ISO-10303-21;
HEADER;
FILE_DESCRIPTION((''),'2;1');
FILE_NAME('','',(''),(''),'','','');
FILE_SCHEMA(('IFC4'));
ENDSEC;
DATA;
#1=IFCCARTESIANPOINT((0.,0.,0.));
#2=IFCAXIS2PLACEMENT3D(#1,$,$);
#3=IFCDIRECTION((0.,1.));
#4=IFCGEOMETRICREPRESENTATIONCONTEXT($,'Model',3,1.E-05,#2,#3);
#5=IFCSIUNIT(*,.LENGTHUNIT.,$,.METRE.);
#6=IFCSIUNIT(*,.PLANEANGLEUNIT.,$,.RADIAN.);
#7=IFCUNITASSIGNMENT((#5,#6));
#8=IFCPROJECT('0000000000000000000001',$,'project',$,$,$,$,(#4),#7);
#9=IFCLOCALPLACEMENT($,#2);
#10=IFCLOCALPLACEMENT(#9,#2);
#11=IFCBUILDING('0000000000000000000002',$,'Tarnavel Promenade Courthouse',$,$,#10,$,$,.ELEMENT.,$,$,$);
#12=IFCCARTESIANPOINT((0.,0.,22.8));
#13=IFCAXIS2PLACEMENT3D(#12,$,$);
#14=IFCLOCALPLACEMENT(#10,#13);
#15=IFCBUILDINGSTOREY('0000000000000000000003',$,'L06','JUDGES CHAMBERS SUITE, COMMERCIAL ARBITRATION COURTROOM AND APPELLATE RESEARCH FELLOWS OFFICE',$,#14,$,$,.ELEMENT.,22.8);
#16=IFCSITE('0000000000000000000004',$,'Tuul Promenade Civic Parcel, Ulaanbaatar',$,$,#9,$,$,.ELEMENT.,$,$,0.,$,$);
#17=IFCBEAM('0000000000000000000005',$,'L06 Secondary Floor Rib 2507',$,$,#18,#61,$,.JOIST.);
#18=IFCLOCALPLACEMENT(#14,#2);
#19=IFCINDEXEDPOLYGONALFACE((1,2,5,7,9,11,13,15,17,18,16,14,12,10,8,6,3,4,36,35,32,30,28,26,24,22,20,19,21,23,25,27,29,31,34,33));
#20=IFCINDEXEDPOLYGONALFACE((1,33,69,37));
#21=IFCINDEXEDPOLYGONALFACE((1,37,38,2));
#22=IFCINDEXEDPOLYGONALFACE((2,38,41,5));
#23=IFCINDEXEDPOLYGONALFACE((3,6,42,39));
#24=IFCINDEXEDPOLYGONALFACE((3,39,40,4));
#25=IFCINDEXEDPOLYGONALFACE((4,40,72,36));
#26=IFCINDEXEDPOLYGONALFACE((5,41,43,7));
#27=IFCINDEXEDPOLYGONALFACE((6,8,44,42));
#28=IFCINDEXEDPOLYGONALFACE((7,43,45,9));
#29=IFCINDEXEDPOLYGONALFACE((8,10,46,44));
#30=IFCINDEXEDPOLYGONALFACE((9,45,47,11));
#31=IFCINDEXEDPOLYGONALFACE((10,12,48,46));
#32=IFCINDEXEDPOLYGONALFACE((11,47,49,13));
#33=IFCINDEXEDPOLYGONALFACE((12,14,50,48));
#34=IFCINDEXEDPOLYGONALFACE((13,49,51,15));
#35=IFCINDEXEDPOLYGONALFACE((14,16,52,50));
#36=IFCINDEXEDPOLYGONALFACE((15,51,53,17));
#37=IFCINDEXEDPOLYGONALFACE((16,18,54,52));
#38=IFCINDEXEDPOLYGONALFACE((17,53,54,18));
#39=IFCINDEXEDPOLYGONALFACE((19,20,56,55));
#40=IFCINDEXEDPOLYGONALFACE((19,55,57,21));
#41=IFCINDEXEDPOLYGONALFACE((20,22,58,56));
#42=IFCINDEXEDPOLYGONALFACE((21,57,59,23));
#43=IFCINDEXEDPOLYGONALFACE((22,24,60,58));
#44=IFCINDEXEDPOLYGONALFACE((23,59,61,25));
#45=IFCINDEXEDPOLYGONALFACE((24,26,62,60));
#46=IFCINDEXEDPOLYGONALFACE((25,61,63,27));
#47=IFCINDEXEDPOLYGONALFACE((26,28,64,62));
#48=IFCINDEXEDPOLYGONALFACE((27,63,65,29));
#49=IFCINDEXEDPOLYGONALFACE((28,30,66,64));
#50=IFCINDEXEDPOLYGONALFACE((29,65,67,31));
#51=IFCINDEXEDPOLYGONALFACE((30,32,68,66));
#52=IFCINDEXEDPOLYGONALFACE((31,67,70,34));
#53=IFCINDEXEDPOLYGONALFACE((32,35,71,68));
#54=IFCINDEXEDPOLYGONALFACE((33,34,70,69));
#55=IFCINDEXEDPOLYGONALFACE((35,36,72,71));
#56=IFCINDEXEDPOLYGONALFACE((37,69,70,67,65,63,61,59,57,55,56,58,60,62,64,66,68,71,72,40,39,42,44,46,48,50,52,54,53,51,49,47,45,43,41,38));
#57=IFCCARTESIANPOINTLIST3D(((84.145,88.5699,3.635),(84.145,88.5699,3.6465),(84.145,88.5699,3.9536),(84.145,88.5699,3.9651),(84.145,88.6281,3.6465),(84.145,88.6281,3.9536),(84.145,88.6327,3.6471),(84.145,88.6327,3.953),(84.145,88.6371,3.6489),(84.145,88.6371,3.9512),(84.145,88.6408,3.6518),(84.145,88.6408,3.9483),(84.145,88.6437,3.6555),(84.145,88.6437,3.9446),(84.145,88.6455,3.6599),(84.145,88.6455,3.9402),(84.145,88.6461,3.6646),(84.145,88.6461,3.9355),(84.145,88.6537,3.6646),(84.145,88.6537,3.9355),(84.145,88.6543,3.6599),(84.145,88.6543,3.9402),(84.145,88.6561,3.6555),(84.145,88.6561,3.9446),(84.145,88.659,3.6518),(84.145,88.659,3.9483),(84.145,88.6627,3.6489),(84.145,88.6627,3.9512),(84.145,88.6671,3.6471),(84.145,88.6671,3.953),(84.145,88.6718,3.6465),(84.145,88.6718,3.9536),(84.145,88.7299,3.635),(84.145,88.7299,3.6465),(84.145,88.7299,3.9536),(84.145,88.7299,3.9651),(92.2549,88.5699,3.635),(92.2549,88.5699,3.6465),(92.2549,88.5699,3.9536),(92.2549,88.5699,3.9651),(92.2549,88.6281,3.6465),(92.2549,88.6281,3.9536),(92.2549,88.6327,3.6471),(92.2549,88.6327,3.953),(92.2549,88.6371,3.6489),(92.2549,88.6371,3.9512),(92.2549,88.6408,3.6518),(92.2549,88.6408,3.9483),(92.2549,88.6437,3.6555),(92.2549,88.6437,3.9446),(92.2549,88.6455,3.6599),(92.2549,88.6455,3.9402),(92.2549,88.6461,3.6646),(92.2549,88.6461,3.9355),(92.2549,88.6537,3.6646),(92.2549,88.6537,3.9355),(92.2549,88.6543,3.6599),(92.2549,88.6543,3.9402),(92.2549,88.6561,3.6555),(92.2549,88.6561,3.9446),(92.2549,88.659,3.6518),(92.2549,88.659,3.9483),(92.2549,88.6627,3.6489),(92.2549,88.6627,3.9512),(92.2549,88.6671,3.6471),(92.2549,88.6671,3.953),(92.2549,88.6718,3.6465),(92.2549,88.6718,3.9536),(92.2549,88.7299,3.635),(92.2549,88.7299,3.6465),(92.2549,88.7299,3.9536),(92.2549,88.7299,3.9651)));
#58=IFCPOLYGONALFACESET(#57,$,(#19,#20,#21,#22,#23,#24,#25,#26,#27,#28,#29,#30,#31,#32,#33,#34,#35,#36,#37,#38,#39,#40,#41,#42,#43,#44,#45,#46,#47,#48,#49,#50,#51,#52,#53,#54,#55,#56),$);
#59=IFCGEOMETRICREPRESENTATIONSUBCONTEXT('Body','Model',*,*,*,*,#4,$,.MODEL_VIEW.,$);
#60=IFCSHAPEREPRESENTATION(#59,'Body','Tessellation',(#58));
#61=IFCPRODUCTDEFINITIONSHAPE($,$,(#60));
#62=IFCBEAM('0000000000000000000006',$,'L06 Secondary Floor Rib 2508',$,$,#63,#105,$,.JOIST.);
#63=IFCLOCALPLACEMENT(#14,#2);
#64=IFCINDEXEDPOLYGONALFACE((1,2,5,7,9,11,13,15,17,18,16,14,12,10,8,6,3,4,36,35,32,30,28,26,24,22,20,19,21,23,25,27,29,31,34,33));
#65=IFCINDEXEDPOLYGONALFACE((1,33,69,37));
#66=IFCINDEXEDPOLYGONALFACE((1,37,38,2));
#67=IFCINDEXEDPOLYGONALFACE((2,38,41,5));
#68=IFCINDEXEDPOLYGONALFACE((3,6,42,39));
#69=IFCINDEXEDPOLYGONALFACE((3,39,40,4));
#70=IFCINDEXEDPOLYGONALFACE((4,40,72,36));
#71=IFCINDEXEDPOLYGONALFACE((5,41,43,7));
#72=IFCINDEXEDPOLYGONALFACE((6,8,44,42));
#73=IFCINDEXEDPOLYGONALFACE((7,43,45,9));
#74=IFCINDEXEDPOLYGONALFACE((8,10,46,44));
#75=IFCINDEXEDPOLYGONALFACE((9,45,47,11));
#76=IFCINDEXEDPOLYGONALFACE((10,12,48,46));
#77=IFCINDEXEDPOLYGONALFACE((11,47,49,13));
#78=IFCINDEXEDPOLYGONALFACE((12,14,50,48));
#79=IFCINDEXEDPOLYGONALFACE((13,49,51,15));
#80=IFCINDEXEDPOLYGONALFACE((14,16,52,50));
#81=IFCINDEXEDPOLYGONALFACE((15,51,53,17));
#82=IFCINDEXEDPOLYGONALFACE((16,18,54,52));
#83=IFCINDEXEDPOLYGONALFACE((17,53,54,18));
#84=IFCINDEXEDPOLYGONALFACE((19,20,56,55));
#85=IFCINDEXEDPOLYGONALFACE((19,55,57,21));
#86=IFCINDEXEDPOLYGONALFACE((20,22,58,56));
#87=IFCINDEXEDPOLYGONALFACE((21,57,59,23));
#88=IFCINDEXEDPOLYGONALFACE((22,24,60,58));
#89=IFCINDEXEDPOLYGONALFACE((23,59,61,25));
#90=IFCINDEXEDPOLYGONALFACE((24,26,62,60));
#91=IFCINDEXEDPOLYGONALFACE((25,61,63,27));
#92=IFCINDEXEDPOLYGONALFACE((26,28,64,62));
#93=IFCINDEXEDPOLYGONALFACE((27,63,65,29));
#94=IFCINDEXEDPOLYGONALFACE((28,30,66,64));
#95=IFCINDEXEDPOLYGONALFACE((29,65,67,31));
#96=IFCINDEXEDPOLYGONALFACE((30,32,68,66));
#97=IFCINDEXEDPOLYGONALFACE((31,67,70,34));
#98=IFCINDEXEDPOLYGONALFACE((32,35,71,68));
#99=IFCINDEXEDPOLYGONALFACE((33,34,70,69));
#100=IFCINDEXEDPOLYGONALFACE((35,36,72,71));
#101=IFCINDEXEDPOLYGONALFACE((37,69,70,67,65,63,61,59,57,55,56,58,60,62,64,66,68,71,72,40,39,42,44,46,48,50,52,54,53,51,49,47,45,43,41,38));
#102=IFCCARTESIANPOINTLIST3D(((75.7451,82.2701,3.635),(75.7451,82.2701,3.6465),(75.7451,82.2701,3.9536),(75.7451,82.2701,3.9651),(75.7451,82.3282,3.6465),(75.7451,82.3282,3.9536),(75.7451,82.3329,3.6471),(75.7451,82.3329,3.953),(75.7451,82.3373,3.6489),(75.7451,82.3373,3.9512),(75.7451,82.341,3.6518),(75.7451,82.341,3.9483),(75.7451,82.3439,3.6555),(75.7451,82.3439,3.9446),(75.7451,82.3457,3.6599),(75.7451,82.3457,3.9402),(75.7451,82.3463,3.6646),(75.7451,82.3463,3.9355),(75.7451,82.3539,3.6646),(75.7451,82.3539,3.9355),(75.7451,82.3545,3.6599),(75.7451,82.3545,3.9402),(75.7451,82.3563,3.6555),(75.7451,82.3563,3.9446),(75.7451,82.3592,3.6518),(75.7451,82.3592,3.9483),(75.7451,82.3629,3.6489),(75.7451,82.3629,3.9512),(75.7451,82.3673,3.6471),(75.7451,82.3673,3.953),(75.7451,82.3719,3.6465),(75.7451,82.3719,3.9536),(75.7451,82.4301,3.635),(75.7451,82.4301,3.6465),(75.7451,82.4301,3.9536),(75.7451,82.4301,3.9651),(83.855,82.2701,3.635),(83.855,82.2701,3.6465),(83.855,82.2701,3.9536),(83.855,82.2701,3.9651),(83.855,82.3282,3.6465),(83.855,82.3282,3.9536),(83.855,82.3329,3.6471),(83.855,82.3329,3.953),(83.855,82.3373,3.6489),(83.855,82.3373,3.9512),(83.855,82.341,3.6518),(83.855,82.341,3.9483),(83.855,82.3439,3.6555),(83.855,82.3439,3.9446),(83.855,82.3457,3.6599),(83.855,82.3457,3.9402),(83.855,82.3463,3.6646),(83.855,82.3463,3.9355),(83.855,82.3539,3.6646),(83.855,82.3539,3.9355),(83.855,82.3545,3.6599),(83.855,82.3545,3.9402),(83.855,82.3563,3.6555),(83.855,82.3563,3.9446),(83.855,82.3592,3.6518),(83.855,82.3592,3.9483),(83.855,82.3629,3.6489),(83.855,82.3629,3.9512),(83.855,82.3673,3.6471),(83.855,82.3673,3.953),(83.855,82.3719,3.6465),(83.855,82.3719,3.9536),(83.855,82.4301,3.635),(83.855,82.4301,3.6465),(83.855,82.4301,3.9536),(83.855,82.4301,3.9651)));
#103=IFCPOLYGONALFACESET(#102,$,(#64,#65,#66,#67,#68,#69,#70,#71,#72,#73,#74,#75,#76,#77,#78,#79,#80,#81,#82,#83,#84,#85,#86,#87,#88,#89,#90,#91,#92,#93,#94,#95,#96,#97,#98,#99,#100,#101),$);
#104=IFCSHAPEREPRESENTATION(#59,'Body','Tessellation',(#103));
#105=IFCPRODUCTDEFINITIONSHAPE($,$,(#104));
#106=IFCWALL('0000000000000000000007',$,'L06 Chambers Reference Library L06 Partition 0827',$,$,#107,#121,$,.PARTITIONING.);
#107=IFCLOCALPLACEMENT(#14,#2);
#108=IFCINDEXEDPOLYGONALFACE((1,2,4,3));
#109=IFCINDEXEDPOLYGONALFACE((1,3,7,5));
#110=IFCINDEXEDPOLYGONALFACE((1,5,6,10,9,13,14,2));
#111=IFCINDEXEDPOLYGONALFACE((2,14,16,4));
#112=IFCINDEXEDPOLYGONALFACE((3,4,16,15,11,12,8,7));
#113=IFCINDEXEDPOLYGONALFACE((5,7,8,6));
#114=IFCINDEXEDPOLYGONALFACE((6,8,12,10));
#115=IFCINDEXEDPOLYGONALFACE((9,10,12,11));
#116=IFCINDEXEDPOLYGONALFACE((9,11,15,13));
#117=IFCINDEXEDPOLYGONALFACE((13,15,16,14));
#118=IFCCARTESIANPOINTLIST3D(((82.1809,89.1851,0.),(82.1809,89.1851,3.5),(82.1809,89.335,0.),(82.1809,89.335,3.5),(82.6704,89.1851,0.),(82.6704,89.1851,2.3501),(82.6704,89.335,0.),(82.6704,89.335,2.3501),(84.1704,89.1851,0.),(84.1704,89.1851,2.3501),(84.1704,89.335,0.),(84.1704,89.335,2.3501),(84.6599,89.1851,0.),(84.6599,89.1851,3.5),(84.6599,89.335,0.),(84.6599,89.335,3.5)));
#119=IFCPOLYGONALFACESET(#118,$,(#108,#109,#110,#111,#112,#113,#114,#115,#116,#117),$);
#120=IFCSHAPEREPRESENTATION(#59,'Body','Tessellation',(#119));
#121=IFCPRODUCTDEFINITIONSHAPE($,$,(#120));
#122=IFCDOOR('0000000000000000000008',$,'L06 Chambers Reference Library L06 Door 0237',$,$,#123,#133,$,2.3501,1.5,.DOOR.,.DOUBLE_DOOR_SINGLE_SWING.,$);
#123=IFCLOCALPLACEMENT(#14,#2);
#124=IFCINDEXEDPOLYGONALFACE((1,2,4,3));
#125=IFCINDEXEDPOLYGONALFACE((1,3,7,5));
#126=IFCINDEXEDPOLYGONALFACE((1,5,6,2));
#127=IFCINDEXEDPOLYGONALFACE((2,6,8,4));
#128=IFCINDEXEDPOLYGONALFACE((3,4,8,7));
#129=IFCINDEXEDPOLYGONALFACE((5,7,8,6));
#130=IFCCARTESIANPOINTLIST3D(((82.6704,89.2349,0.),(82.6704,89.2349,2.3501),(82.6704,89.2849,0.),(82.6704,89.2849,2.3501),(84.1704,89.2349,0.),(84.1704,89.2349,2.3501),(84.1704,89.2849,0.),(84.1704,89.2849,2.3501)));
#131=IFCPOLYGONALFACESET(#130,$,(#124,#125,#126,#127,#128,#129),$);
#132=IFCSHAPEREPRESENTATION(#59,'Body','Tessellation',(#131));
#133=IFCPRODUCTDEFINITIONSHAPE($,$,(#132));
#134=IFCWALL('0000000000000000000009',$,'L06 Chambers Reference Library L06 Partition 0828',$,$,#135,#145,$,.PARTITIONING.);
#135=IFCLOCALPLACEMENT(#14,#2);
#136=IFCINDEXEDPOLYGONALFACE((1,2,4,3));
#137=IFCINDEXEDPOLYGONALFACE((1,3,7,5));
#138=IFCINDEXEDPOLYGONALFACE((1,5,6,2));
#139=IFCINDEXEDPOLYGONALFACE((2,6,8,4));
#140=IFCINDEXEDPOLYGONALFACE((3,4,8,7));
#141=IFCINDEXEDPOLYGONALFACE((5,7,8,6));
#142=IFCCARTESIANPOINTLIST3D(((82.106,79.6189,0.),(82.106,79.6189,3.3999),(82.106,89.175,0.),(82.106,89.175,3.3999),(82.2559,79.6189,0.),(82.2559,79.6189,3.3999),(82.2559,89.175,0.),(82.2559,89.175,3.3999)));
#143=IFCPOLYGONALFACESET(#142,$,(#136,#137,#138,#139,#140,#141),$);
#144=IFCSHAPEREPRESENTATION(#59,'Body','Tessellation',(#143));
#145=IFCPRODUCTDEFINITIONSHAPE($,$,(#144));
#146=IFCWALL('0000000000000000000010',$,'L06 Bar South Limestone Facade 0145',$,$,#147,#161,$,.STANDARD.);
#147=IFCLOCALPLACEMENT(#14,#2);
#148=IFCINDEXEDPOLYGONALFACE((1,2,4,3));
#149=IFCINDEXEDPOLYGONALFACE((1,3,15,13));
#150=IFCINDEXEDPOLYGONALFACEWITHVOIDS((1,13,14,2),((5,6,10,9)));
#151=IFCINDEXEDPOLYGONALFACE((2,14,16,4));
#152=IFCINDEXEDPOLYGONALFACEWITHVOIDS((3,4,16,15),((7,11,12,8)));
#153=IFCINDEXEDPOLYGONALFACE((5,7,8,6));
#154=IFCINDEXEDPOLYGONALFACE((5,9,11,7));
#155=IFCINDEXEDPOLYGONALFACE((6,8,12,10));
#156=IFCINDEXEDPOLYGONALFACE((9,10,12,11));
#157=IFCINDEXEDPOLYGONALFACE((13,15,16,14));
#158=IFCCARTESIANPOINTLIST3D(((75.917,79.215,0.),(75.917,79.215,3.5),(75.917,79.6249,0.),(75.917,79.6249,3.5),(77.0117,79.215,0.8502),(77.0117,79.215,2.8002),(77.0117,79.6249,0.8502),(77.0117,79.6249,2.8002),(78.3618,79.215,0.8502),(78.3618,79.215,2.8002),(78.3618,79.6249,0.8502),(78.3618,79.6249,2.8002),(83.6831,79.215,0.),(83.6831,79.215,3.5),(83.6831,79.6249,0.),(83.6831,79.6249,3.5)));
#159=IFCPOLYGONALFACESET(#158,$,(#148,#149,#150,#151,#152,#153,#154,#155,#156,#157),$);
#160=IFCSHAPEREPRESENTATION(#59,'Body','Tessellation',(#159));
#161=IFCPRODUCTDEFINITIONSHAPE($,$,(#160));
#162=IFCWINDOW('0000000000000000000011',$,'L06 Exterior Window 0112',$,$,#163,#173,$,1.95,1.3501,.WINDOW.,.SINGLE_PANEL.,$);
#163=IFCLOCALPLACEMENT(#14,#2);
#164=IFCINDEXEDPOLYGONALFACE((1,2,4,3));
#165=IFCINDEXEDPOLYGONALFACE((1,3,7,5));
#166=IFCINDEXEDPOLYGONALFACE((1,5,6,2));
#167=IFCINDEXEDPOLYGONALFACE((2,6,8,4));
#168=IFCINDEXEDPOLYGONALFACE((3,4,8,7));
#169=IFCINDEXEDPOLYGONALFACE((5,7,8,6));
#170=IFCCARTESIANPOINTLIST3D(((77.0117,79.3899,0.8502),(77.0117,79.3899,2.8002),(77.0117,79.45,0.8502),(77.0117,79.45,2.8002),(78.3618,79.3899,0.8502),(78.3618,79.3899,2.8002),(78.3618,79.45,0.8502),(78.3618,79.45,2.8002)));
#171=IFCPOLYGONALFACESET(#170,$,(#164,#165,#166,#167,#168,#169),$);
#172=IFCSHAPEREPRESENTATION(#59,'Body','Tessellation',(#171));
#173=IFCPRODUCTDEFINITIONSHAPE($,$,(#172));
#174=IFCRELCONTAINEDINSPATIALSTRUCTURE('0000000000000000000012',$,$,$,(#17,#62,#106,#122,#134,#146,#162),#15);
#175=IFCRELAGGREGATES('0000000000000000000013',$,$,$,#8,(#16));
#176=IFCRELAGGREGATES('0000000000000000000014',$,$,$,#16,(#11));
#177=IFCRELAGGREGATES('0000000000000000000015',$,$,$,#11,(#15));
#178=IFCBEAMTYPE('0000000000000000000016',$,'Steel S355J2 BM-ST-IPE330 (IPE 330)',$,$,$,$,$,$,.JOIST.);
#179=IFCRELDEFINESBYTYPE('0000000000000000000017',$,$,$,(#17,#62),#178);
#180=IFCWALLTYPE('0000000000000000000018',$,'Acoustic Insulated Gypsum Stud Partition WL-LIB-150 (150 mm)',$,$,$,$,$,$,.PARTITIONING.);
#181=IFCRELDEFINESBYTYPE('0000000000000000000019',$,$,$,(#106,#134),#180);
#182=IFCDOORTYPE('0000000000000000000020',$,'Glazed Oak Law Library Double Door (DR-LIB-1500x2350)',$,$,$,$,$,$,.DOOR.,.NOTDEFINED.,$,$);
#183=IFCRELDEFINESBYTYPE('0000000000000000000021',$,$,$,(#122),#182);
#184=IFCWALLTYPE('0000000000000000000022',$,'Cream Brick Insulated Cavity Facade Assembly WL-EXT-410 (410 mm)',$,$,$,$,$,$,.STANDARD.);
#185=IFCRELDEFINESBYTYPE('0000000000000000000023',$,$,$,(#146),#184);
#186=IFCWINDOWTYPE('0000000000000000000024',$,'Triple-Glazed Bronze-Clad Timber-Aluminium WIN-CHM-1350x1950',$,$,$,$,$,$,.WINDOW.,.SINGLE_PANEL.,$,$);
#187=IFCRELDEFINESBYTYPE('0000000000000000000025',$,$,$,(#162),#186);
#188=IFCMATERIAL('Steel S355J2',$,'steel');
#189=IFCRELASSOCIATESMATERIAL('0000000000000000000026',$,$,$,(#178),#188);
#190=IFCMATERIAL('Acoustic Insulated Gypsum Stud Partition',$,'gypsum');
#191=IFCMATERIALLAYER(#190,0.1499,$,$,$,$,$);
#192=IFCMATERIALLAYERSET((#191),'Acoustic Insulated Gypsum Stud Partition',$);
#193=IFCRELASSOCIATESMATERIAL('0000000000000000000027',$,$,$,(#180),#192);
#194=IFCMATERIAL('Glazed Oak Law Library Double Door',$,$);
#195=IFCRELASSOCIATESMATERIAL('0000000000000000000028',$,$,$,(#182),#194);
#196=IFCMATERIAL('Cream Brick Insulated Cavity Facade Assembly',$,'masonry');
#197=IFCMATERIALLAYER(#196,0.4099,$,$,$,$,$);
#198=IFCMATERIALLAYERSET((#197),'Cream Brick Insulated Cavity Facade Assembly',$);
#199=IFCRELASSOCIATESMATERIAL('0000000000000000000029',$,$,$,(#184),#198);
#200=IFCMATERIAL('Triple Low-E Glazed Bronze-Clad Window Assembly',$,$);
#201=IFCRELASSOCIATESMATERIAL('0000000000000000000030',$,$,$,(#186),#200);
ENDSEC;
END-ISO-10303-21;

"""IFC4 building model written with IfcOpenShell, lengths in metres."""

from ifc_helpers import new_model, si_unit, direction, frame, frame_2d, origin, origin_2d, place, context, subcontext, project, spatial, rectangle, i_section, extrude, material, layer, layer_set, material_profile, profile_set, type_object, element, fill, save


model = new_model("IFC4")

# Units and contexts
model_context = context("Model", 3, precision=1e-05, world=origin(), true_north=direction((0.0, 1.0)))
body_context = subcontext(model_context, "Body", "Model", "MODEL_VIEW")
ifc_project = project(units=[si_unit("LENGTHUNIT", "METRE"), si_unit("PLANEANGLEUNIT", "RADIAN")], contexts=[model_context])

# Site, building, storey
site_placement = place(None, origin())
site = spatial("IfcSite", under=ifc_project, at=site_placement, Name="Tuul Promenade Civic Parcel, Ulaanbaatar", CompositionType="ELEMENT", RefElevation=0.0)
building_placement = place(site_placement, origin())
building = spatial("IfcBuilding", under=site, at=building_placement, Name="Tarnavel Promenade Courthouse", CompositionType="ELEMENT")
storey_placement = place(building_placement, frame((0.0, 0.0, 22.8)))
storey = spatial("IfcBuildingStorey", under=building, at=storey_placement, Name="L06", Description="JUDGES CHAMBERS SUITE, COMMERCIAL ARBITRATION COURTROOM AND APPELLATE RESEARCH FELLOWS OFFICE", CompositionType="ELEMENT", Elevation=22.8)

# Beams
ifc_material_1 = material(Name="Steel S355J2", Category="steel")
ifc_material_profile_1 = material_profile(ifc_material_1, i_section(OverallWidth=0.1599, OverallDepth=0.3301, WebThickness=0.0076, FlangeThickness=0.0115, FilletRadius=0.0181, at=origin_2d()), Name="IPE 330")
ifc_profile_set_1 = profile_set([ifc_material_profile_1], Name="Steel S355J2")
beam_type_1 = type_object("IfcBeamType", Name="Steel S355J2 BM-ST-IPE330 (IPE 330)", PredefinedType="JOIST", material=ifc_profile_set_1)
for number, where, z_axis, x_axis, name in (
    (1, (84.145, 88.6499, 3.8), (1.0, 0.0, 0.0), (0.0, 1.0, 0.0), "L06 Secondary Floor Rib 2507"),
    (2, (75.7451, 82.3501, 3.8), (1.0, 0.0, 0.0), (0.0, 1.0, 0.0), "L06 Secondary Floor Rib 2508"),
):
    element("IfcBeam", number, at=place(storey_placement, frame(where, z_axis=z_axis, x_axis=x_axis)), inside=storey, type_object=beam_type_1, Name=name, PredefinedType="JOIST", context=body_context, shape_type="SweptSolid", body=[
        extrude(i_section(OverallWidth=0.1599, OverallDepth=0.3301, WebThickness=0.0076, FlangeThickness=0.0115, FilletRadius=0.0181, at=origin_2d()), origin(), (0.0, 0.0, 1.0), 8.1099),
    ])

# Wall, opening, door
ifc_material_2 = material(Name="Acoustic Insulated Gypsum Stud Partition", Category="gypsum")
ifc_layer_1 = layer(ifc_material_2, 0.1499)
ifc_layer_set_1 = layer_set([ifc_layer_1], Name="Acoustic Insulated Gypsum Stud Partition")
wall_type_1 = type_object("IfcWallType", Name="Acoustic Insulated Gypsum Stud Partition WL-LIB-150 (150 mm)", PredefinedType="PARTITIONING", material=ifc_layer_set_1)
wall_1_placement = place(storey_placement, frame((82.1809, 89.26, 0.0), z_axis=(0.0, 0.0, 1.0), x_axis=(1.0, 0.0, 0.0)))
wall_1 = element("IfcWall", 3, at=wall_1_placement, inside=storey, type_object=wall_type_1, Name="L06 Chambers Reference Library L06 Partition 0827", PredefinedType="PARTITIONING", context=body_context, shape_type="SweptSolid", body=[
    extrude(rectangle(XDim=2.479, YDim=0.1499, at=frame_2d((1.2395, 0.0))), origin(), (0.0, 0.0, 1.0), 3.5),
])
opening_1_placement = place(wall_1_placement, frame((0.4895, 0.0, 0.0)))
opening_1 = element("IfcOpeningElement", 4, at=opening_1_placement, cuts=wall_1, PredefinedType="OPENING", context=body_context, shape_type="SweptSolid", body=[
    extrude(rectangle(XDim=1.5, YDim=2.3501, at=frame_2d((0.75, 1.175))), frame((0.0, 0.085, 0.0), z_axis=(0.0, -1.0, 0.0), x_axis=(1.0, 0.0, 0.0)), (0.0, 0.0, 1.0), 0.1699),
])
ifc_material_3 = material(Name="Glazed Oak Law Library Double Door")
door_type_1 = type_object("IfcDoorType", Name="Glazed Oak Law Library Double Door (DR-LIB-1500x2350)", OperationType="NOTDEFINED", PredefinedType="DOOR", material=ifc_material_3)
door_1_placement = place(opening_1_placement, origin())
door_1 = element("IfcDoor", 5, at=door_1_placement, inside=storey, type_object=door_type_1, Name="L06 Chambers Reference Library L06 Door 0237", OperationType="DOUBLE_DOOR_SINGLE_SWING", OverallHeight=2.3501, OverallWidth=1.5, PredefinedType="DOOR", context=body_context, shape_type="SweptSolid", body=[
    extrude(rectangle(XDim=1.5, YDim=2.3501, at=frame_2d((0.75, 1.175))), frame((0.0, 0.0249, 0.0), z_axis=(0.0, -1.0, 0.0), x_axis=(1.0, 0.0, 0.0)), (0.0, 0.0, 1.0), 0.05),
])
fill(opening_1, door_1)

# Wall
wall_2_placement = place(storey_placement, frame((82.1809, 79.6189, 0.0), z_axis=(0.0, 0.0, 1.0), x_axis=(0.0, 1.0, 0.0)))
element("IfcWall", 6, at=wall_2_placement, inside=storey, type_object=wall_type_1, Name="L06 Chambers Reference Library L06 Partition 0828", PredefinedType="PARTITIONING", context=body_context, shape_type="SweptSolid", body=[
    extrude(rectangle(XDim=9.5562, YDim=0.1499, at=frame_2d((4.7781, 0.0))), origin(), (0.0, 0.0, 1.0), 3.3999),
])

# Wall, opening, window
ifc_material_4 = material(Name="Cream Brick Insulated Cavity Facade Assembly", Category="masonry")
ifc_layer_2 = layer(ifc_material_4, 0.4099)
ifc_layer_set_2 = layer_set([ifc_layer_2], Name="Cream Brick Insulated Cavity Facade Assembly")
wall_type_2 = type_object("IfcWallType", Name="Cream Brick Insulated Cavity Facade Assembly WL-EXT-410 (410 mm)", PredefinedType="STANDARD", material=ifc_layer_set_2)
wall_3_placement = place(storey_placement, frame((83.6831, 79.4199, 0.0), z_axis=(0.0, 0.0, 1.0), x_axis=(-1.0, 0.0, 0.0)))
wall_3 = element("IfcWall", 7, at=wall_3_placement, inside=storey, type_object=wall_type_2, Name="L06 Bar South Limestone Facade 0145", PredefinedType="STANDARD", context=body_context, shape_type="SweptSolid", body=[
    extrude(rectangle(XDim=7.7661, YDim=0.4099, at=frame_2d((3.8831, 0.0))), origin(), (0.0, 0.0, 1.0), 3.5),
])
opening_2_placement = place(wall_3_placement, frame((5.3213, 0.0, 0.8501)))
opening_2 = element("IfcOpeningElement", 8, at=opening_2_placement, cuts=wall_3, PredefinedType="OPENING", context=body_context, shape_type="SweptSolid", body=[
    extrude(rectangle(XDim=1.3501, YDim=1.95, at=frame_2d((0.675, 0.9751))), frame((0.0, 0.2148, 0.0), z_axis=(0.0, -1.0, 0.0), x_axis=(1.0, 0.0, 0.0)), (0.0, 0.0, 1.0), 0.4299),
])
ifc_material_5 = material(Name="Triple Low-E Glazed Bronze-Clad Window Assembly")
window_type = type_object("IfcWindowType", Name="Triple-Glazed Bronze-Clad Timber-Aluminium WIN-CHM-1350x1950", PartitioningType="SINGLE_PANEL", PredefinedType="WINDOW", material=ifc_material_5)
window_placement = place(opening_2_placement, origin())
window = element("IfcWindow", 9, at=window_placement, inside=storey, type_object=window_type, Name="L06 Exterior Window 0112", OverallHeight=1.95, OverallWidth=1.3501, PartitioningType="SINGLE_PANEL", PredefinedType="WINDOW", context=body_context, shape_type="SweptSolid", body=[
    extrude(rectangle(XDim=1.3501, YDim=1.95, at=frame_2d((0.675, 0.9751))), frame((0.0, 0.03, 0.0), z_axis=(0.0, -1.0, 0.0), x_axis=(1.0, 0.0, 0.0)), (0.0, 0.0, 1.0), 0.0601),
])
fill(opening_2, window)

save(model, "model.ifc")
